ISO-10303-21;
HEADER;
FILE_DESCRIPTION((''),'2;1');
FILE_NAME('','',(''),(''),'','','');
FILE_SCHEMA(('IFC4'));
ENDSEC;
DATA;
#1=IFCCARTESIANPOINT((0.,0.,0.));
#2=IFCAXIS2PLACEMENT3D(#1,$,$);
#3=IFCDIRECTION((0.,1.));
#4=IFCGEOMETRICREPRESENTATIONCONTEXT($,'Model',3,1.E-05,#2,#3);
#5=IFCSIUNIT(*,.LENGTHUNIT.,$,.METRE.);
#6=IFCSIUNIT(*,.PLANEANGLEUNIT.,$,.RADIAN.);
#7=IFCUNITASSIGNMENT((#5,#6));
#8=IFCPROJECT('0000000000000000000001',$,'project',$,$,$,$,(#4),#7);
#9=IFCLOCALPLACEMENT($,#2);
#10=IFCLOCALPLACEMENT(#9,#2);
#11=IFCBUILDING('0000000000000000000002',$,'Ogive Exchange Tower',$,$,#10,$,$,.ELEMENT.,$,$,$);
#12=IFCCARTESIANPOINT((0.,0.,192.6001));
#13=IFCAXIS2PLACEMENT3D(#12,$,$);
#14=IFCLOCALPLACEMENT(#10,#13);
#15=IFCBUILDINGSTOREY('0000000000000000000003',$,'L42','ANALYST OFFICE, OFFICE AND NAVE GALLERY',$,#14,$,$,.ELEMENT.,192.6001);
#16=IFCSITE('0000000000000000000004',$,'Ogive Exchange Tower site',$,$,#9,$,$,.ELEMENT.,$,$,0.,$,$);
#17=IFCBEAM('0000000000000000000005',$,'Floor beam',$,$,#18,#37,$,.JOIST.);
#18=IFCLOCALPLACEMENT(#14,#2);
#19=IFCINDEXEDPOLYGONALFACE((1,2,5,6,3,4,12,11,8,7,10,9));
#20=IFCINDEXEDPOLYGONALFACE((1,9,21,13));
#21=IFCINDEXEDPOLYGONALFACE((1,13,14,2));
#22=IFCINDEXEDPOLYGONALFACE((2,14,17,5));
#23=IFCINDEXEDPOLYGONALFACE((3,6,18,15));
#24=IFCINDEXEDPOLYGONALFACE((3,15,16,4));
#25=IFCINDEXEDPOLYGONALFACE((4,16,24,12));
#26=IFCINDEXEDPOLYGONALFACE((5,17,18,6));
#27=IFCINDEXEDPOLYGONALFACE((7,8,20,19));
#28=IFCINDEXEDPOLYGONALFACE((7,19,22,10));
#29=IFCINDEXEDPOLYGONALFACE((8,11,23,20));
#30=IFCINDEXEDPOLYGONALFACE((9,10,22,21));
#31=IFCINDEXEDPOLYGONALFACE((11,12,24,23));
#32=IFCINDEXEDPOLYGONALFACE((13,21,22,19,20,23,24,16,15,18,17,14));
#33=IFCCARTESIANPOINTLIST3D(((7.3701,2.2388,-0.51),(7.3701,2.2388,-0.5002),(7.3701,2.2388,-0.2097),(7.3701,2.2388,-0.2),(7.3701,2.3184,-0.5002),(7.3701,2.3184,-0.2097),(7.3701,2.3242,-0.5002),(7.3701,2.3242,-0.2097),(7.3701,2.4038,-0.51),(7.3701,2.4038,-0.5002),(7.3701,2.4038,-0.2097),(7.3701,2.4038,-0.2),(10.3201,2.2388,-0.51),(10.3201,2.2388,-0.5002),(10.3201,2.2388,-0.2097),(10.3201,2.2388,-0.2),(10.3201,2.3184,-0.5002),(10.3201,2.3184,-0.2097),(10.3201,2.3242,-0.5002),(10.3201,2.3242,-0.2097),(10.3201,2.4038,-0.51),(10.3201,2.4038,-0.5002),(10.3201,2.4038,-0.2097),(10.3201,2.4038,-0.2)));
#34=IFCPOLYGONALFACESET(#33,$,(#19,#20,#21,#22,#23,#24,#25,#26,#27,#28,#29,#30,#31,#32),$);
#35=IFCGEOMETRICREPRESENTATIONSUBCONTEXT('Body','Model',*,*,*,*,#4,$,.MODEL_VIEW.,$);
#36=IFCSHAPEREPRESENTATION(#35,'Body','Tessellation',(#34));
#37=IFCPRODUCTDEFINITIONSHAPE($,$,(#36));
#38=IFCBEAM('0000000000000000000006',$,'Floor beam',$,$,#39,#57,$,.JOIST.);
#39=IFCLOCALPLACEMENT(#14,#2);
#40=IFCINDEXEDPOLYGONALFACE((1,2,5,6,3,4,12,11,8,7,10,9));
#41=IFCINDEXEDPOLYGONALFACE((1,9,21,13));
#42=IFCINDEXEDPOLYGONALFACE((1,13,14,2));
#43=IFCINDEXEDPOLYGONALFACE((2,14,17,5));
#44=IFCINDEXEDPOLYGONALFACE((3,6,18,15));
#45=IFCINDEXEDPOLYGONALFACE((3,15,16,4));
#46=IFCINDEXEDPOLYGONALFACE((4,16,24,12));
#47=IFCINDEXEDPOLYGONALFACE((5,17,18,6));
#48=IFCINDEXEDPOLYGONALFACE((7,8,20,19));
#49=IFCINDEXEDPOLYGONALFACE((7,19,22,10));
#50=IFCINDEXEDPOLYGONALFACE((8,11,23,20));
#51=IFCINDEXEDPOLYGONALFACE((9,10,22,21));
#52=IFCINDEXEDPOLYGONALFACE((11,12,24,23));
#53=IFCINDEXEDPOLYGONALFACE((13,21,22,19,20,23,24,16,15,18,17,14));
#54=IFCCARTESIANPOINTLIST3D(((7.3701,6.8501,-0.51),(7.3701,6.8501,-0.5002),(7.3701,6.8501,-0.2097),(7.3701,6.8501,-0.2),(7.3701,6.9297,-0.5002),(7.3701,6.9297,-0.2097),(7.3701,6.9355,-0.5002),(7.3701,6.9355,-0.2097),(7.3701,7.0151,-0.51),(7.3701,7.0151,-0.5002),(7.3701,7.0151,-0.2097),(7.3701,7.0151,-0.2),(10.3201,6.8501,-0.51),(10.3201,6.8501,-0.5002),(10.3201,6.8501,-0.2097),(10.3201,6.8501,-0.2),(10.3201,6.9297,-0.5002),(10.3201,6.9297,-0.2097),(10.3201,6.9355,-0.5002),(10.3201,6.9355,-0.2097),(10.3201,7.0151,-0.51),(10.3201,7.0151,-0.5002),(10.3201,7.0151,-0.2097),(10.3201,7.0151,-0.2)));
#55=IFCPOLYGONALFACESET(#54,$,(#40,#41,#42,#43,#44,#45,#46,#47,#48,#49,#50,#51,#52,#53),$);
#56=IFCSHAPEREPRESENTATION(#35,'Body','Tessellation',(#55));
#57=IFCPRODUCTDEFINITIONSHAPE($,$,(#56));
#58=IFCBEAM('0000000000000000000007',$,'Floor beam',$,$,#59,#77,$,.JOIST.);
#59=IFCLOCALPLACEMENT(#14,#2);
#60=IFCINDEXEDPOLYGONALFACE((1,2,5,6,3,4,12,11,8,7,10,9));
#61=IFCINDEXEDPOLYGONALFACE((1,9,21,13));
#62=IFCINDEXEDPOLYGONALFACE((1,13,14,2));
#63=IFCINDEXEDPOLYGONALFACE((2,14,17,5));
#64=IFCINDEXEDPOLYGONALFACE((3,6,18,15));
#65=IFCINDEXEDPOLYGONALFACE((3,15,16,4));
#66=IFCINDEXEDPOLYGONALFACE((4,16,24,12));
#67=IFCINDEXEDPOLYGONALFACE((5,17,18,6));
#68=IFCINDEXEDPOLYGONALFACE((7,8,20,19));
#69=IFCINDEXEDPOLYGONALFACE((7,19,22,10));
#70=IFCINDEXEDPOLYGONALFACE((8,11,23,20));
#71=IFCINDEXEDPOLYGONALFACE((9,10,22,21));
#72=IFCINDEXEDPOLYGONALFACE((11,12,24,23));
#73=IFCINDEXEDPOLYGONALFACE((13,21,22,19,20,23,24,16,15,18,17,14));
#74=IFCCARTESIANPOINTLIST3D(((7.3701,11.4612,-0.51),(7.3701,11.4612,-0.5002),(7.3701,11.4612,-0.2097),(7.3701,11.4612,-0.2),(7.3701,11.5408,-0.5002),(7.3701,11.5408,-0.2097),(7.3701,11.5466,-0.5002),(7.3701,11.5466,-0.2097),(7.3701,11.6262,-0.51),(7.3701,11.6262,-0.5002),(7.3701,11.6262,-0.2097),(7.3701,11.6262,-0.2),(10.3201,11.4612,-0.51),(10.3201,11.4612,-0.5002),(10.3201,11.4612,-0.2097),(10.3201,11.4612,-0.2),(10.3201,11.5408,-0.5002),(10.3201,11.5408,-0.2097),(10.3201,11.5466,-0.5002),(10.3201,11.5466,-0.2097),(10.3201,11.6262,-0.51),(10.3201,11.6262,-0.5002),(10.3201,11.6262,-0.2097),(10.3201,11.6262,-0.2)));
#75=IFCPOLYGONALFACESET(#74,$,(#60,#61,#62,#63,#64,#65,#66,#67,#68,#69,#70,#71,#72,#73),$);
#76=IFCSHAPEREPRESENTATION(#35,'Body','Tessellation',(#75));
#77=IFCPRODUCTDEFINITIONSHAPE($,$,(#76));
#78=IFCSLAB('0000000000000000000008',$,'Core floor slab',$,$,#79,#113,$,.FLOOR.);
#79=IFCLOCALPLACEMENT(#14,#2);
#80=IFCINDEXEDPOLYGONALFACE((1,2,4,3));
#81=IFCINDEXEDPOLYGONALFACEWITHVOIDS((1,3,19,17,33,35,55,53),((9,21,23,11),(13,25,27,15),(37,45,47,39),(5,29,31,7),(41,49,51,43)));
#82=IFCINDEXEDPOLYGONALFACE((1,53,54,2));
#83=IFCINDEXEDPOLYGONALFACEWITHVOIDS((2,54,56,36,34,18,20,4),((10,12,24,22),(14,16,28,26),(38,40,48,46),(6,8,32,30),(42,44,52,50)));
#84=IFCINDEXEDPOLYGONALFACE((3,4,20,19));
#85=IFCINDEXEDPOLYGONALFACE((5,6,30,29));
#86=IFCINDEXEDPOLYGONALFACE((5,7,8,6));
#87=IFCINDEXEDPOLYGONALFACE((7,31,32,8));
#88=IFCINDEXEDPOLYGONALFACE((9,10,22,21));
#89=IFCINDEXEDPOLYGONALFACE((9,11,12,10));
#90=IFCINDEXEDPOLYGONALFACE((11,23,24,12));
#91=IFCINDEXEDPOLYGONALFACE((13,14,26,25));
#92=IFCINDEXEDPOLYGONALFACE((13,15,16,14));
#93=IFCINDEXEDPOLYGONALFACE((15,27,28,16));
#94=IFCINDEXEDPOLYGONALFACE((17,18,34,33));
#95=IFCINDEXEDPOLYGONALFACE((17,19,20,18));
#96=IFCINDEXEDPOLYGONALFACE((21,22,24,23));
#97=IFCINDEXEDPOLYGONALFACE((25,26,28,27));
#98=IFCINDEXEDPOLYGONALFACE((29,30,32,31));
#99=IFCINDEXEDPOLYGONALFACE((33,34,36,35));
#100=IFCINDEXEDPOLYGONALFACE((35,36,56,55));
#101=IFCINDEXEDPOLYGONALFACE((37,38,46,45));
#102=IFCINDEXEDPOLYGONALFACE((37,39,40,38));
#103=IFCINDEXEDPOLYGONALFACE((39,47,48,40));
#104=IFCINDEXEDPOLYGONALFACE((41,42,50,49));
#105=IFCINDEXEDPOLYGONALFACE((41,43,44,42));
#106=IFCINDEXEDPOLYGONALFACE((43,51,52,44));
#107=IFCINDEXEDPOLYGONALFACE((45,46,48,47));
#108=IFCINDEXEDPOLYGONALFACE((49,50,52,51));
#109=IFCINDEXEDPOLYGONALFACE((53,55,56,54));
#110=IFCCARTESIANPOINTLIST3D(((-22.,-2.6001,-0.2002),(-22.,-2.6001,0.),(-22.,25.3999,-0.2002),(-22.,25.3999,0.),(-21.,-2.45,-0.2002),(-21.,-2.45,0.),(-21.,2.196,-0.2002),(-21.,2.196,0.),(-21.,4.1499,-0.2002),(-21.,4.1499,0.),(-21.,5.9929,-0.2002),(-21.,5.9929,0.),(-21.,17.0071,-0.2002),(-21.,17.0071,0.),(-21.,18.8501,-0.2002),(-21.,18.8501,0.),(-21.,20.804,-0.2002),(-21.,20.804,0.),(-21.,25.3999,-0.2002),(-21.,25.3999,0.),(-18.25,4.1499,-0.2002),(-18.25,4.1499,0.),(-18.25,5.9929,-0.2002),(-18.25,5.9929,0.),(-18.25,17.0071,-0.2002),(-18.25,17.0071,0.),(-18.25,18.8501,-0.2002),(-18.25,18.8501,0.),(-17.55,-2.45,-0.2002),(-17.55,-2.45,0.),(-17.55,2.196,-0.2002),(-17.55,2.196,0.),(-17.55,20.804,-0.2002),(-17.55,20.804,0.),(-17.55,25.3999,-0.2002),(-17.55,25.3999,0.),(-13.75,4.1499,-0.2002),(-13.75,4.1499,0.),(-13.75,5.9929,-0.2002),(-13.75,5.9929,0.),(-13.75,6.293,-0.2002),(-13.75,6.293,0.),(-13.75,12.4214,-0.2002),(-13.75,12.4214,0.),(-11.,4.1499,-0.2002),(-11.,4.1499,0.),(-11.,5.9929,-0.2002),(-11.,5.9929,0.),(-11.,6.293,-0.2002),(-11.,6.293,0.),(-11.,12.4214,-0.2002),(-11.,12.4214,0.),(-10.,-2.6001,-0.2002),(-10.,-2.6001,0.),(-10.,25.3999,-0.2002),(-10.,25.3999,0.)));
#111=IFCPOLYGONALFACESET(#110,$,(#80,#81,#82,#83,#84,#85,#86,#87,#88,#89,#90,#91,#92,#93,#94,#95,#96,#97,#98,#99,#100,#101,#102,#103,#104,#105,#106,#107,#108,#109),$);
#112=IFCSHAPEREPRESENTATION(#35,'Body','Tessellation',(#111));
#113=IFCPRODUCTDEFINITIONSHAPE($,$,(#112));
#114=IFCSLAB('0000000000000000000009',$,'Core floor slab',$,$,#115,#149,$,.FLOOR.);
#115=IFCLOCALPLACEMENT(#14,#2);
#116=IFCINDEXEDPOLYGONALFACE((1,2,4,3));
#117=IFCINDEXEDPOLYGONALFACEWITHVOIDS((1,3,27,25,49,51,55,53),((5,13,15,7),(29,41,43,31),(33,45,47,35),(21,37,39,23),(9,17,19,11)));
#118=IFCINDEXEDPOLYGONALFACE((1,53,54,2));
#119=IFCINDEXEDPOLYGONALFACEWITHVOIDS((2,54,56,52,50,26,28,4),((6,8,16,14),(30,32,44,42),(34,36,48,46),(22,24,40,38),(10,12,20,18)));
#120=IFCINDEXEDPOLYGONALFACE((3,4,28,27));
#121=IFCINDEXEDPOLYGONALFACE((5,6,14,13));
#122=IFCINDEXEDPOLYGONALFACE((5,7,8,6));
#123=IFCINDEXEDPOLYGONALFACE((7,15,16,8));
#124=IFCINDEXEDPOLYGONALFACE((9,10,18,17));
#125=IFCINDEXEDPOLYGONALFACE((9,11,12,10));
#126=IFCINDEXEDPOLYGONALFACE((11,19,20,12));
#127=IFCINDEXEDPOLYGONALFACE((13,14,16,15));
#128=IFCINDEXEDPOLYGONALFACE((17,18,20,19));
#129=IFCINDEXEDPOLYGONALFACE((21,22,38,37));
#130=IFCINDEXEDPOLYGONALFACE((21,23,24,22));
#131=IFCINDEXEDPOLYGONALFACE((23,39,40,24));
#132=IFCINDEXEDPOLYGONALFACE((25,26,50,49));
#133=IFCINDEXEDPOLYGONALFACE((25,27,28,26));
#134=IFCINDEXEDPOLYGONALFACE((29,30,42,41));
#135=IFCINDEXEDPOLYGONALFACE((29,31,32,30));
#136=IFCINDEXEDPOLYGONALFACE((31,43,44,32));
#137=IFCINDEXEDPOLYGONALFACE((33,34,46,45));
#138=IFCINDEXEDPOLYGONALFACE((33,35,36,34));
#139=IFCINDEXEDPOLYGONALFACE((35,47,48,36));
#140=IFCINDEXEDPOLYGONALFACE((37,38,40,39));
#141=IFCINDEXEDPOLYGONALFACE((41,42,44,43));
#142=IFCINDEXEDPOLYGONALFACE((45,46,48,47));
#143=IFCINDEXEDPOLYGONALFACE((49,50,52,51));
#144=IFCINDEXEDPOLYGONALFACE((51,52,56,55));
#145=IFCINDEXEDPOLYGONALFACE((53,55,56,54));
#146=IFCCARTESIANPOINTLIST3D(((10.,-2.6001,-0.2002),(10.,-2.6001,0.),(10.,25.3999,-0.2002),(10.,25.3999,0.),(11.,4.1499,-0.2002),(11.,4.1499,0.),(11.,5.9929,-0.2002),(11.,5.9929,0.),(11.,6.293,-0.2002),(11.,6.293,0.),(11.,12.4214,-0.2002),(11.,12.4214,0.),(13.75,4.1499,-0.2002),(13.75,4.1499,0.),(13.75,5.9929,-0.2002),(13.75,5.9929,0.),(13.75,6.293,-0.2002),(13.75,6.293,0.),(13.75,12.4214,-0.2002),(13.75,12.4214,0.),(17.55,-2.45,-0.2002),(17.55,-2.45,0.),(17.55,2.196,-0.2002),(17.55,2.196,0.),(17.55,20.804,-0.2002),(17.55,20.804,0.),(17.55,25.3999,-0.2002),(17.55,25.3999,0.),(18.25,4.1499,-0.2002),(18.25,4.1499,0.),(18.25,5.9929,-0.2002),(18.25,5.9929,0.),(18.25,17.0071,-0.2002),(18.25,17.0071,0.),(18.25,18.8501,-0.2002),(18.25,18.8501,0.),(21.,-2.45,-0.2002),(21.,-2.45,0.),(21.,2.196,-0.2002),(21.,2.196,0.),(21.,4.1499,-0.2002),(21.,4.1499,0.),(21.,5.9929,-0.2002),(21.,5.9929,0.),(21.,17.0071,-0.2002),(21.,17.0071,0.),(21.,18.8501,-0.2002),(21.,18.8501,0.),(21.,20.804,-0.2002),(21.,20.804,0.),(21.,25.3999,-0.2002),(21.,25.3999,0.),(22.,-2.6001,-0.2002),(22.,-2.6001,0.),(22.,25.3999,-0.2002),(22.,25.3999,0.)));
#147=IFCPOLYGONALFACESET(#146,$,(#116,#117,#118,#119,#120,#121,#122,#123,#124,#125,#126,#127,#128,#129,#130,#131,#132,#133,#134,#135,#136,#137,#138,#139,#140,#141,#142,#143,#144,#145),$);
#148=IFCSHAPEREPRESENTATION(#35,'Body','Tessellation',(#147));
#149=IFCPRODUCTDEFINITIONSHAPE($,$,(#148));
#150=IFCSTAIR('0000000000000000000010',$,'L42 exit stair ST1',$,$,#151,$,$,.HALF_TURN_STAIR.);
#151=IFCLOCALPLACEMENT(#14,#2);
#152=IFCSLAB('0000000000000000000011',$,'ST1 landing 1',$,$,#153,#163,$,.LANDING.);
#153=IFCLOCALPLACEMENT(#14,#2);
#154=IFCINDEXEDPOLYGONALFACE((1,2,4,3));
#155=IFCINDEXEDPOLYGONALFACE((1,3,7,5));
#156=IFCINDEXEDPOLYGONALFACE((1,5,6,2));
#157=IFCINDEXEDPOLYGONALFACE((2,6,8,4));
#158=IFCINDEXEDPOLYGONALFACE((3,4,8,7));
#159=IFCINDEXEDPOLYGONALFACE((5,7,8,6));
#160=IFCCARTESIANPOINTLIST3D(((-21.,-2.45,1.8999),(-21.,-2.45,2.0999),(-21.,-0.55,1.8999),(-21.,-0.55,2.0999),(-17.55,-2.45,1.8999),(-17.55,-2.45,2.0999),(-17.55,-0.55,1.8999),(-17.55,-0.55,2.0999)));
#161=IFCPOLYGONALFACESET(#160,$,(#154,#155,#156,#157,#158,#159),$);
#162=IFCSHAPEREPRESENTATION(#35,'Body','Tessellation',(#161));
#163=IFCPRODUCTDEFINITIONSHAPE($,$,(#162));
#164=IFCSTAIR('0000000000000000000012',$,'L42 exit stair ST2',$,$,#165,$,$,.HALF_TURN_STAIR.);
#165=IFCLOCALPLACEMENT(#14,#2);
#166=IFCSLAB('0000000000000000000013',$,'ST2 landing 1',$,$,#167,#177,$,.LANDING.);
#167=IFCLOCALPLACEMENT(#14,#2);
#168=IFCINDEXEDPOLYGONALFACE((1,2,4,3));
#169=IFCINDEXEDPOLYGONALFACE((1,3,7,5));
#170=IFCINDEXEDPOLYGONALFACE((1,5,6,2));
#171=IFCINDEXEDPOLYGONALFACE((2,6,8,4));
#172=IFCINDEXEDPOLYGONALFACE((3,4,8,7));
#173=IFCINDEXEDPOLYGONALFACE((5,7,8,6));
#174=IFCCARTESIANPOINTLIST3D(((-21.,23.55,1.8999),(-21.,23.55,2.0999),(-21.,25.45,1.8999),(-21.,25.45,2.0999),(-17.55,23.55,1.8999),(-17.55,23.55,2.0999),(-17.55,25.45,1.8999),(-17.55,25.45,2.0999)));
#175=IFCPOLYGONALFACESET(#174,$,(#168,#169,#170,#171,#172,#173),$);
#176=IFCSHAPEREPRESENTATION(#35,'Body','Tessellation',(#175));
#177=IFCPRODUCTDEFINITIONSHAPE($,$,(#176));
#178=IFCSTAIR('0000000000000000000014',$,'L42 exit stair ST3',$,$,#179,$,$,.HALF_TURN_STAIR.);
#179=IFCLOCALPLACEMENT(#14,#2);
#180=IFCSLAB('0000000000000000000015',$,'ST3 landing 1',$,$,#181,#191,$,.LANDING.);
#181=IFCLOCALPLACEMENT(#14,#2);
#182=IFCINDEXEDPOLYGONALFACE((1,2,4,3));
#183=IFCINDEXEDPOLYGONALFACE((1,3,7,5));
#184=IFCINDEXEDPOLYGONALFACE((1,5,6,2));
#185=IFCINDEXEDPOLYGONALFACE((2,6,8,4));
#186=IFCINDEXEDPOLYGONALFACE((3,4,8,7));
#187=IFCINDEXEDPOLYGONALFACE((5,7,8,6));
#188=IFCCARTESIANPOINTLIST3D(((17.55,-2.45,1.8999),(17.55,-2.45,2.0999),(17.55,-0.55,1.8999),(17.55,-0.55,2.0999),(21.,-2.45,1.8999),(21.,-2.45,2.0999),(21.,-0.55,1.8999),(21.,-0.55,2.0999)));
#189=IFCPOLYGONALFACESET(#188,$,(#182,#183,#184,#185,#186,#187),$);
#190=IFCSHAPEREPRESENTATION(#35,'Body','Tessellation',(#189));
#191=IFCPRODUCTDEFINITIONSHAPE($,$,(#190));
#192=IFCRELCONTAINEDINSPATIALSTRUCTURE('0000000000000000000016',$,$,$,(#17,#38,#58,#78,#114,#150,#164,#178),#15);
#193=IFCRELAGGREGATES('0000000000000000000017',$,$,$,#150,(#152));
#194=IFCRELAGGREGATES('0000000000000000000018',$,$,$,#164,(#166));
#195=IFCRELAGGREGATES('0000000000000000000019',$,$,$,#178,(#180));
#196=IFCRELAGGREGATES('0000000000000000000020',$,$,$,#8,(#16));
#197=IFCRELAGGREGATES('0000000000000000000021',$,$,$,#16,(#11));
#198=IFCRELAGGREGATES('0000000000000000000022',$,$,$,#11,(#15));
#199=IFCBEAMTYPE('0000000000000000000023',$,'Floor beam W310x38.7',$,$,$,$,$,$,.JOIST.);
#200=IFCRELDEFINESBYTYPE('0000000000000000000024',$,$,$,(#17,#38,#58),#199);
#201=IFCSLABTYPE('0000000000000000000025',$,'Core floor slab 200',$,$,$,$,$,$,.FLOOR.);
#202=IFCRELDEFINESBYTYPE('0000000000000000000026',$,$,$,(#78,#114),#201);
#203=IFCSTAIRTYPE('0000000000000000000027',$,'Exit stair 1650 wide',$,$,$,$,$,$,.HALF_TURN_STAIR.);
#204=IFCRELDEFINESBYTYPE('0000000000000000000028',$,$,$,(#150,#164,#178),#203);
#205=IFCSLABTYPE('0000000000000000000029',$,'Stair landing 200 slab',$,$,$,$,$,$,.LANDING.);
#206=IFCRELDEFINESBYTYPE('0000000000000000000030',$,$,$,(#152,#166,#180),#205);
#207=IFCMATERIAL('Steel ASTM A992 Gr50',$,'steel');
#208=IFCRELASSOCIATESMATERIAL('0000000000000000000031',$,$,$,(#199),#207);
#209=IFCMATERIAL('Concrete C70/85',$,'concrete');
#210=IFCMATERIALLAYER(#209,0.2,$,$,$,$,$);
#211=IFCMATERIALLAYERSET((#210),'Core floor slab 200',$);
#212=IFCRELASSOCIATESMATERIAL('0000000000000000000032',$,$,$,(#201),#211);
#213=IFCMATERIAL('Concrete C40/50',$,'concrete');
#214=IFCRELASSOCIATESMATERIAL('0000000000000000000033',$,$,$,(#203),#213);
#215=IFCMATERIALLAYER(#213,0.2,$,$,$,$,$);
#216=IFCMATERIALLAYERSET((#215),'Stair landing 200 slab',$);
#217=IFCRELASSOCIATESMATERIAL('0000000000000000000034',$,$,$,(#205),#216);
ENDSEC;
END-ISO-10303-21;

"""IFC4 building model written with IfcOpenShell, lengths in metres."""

from ifc_helpers import new_model, si_unit, direction, frame, origin, origin_2d, place, context, subcontext, project, spatial, polyline, i_section, outline, extrude, material, layer, layer_set, material_profile, profile_set, type_object, element, aggregate, save


model = new_model("IFC4")

# Units and contexts
model_context = context("Model", 3, precision=1e-05, world=origin(), true_north=direction((0.0, 1.0)))
body_context = subcontext(model_context, "Body", "Model", "MODEL_VIEW")
ifc_project = project(units=[si_unit("LENGTHUNIT", "METRE"), si_unit("PLANEANGLEUNIT", "RADIAN")], contexts=[model_context])

# Site, building, storey
site_placement = place(None, origin())
site = spatial("IfcSite", under=ifc_project, at=site_placement, Name="Ogive Exchange Tower site", CompositionType="ELEMENT", RefElevation=0.0)
building_placement = place(site_placement, origin())
building = spatial("IfcBuilding", under=site, at=building_placement, Name="Ogive Exchange Tower", CompositionType="ELEMENT")
storey_placement = place(building_placement, frame((0.0, 0.0, 192.6001)))
storey = spatial("IfcBuildingStorey", under=building, at=storey_placement, Name="L42", Description="ANALYST OFFICE, OFFICE AND NAVE GALLERY", CompositionType="ELEMENT", Elevation=192.6001)

# Beams
ifc_material_1 = material(Name="Steel ASTM A992 Gr50", Category="steel")
ifc_material_profile = material_profile(ifc_material_1, i_section(OverallWidth=0.165, OverallDepth=0.3101, WebThickness=0.0059, FlangeThickness=0.0098, at=origin_2d()), Name="W310x38.7")
ifc_profile_set = profile_set([ifc_material_profile], Name="Steel ASTM A992 Gr50")
beam_type = type_object("IfcBeamType", Name="Floor beam W310x38.7", PredefinedType="JOIST", material=ifc_profile_set)
for number, where, z_axis, x_axis, name in (
    (1, (7.3701, 2.3213, -0.355), (1.0, 0.0, 0.0), (0.0, 1.0, 0.0), "Floor beam"),
    (2, (7.3701, 6.9326, -0.355), (1.0, 0.0, 0.0), (0.0, 1.0, 0.0), "Floor beam"),
    (3, (7.3701, 11.5437, -0.355), (1.0, 0.0, 0.0), (0.0, 1.0, 0.0), "Floor beam"),
):
    element("IfcBeam", number, at=place(storey_placement, frame(where, z_axis=z_axis, x_axis=x_axis)), inside=storey, type_object=beam_type, Name=name, PredefinedType="JOIST", context=body_context, shape_type="SweptSolid", body=[
        extrude(i_section(OverallWidth=0.165, OverallDepth=0.3101, WebThickness=0.0059, FlangeThickness=0.0098, at=origin_2d()), origin(), (0.0, 0.0, 1.0), 2.95),
    ])

# Slabs
ifc_material_2 = material(Name="Concrete C70/85", Category="concrete")
ifc_layer_1 = layer(ifc_material_2, 0.2)
ifc_layer_set_1 = layer_set([ifc_layer_1], Name="Core floor slab 200")
slab_type_1 = type_object("IfcSlabType", Name="Core floor slab 200", PredefinedType="FLOOR", material=ifc_layer_set_1)
slab_1_placement = place(storey_placement, frame((0.0, 0.0, -0.2002)))
element("IfcSlab", 4, at=slab_1_placement, inside=storey, type_object=slab_type_1, Name="Core floor slab", PredefinedType="FLOOR", context=body_context, shape_type="SweptSolid", body=[
    extrude(outline(polyline([(-10.0, 25.3999), (-10.0, -2.6001), (-22.0, -2.6001), (-22.0, 25.3999), (-21.0, 25.3999), (-21.0, 20.804), (-17.55, 20.804), (-17.55, 25.3999), (-10.0, 25.3999)]), holes=[polyline([(-17.55, 2.196), (-21.0, 2.196), (-21.0, -2.45), (-17.55, -2.45), (-17.55, 2.196)]), polyline([(-18.25, 5.9929), (-21.0, 5.9929), (-21.0, 4.1499), (-18.25, 4.1499), (-18.25, 5.9929)]), polyline([(-11.0, 5.9929), (-13.75, 5.9929), (-13.75, 4.1499), (-11.0, 4.1499), (-11.0, 5.9929)]), polyline([(-13.75, 12.4214), (-13.75, 6.293), (-11.0, 6.293), (-11.0, 12.4214), (-13.75, 12.4214)]), polyline([(-18.25, 18.8501), (-21.0, 18.8501), (-21.0, 17.0071), (-18.25, 17.0071), (-18.25, 18.8501)])]), origin(), (0.0, 0.0, 1.0), 0.2002),
])
slab_2_placement = place(storey_placement, frame((0.0, 0.0, -0.2002)))
element("IfcSlab", 5, at=slab_2_placement, inside=storey, type_object=slab_type_1, Name="Core floor slab", PredefinedType="FLOOR", context=body_context, shape_type="SweptSolid", body=[
    extrude(outline(polyline([(22.0, 25.3999), (22.0, -2.6001), (10.0, -2.6001), (10.0, 25.3999), (17.55, 25.3999), (17.55, 20.804), (21.0, 20.804), (21.0, 25.3999), (22.0, 25.3999)]), holes=[polyline([(21.0, 2.196), (17.55, 2.196), (17.55, -2.45), (21.0, -2.45), (21.0, 2.196)]), polyline([(13.75, 5.9929), (11.0, 5.9929), (11.0, 4.1499), (13.75, 4.1499), (13.75, 5.9929)]), polyline([(21.0, 5.9929), (18.25, 5.9929), (18.25, 4.1499), (21.0, 4.1499), (21.0, 5.9929)]), polyline([(11.0, 12.4214), (11.0, 6.293), (13.75, 6.293), (13.75, 12.4214), (11.0, 12.4214)]), polyline([(21.0, 18.8501), (18.25, 18.8501), (18.25, 17.0071), (21.0, 17.0071), (21.0, 18.8501)])]), origin(), (0.0, 0.0, 1.0), 0.2002),
])

# Stairs, slabs
ifc_material_3 = material(Name="Concrete C40/50", Category="concrete")
stair_type = type_object("IfcStairType", Name="Exit stair 1650 wide", PredefinedType="HALF_TURN_STAIR", material=ifc_material_3)
stair_1_placement = place(storey_placement, origin())
stair_1 = element("IfcStair", 6, at=stair_1_placement, inside=storey, type_object=stair_type, Name="L42 exit stair ST1", PredefinedType="HALF_TURN_STAIR")
ifc_layer_2 = layer(ifc_material_3, 0.2)
ifc_layer_set_2 = layer_set([ifc_layer_2], Name="Stair landing 200 slab")
slab_type_2 = type_object("IfcSlabType", Name="Stair landing 200 slab", PredefinedType="LANDING", material=ifc_layer_set_2)
slab_3_placement = place(storey_placement, frame((0.0, 0.0, 1.8999)))
slab_3 = element("IfcSlab", 7, at=slab_3_placement, type_object=slab_type_2, Name="ST1 landing 1", PredefinedType="LANDING", context=body_context, shape_type="SweptSolid", body=[
    extrude(outline(polyline([(-21.0, -0.55), (-21.0, -2.45), (-17.55, -2.45), (-17.55, -0.55), (-21.0, -0.55)])), origin(), (0.0, 0.0, 1.0), 0.2),
])
aggregate(stair_1, [slab_3])
stair_2_placement = place(storey_placement, origin())
stair_2 = element("IfcStair", 8, at=stair_2_placement, inside=storey, type_object=stair_type, Name="L42 exit stair ST2", PredefinedType="HALF_TURN_STAIR")
slab_4_placement = place(storey_placement, frame((0.0, 0.0, 1.8999)))
slab_4 = element("IfcSlab", 9, at=slab_4_placement, type_object=slab_type_2, Name="ST2 landing 1", PredefinedType="LANDING", context=body_context, shape_type="SweptSolid", body=[
    extrude(outline(polyline([(-17.55, 23.55), (-17.55, 25.45), (-21.0, 25.45), (-21.0, 23.55), (-17.55, 23.55)])), origin(), (0.0, 0.0, 1.0), 0.2),
])
aggregate(stair_2, [slab_4])
stair_3_placement = place(storey_placement, origin())
stair_3 = element("IfcStair", 10, at=stair_3_placement, inside=storey, type_object=stair_type, Name="L42 exit stair ST3", PredefinedType="HALF_TURN_STAIR")
slab_5_placement = place(storey_placement, frame((0.0, 0.0, 1.8999)))
slab_5 = element("IfcSlab", 11, at=slab_5_placement, type_object=slab_type_2, Name="ST3 landing 1", PredefinedType="LANDING", context=body_context, shape_type="SweptSolid", body=[
    extrude(outline(polyline([(17.55, -0.55), (17.55, -2.45), (21.0, -2.45), (21.0, -0.55), (17.55, -0.55)])), origin(), (0.0, 0.0, 1.0), 0.2),
])
aggregate(stair_3, [slab_5])

save(model, "model.ifc")
